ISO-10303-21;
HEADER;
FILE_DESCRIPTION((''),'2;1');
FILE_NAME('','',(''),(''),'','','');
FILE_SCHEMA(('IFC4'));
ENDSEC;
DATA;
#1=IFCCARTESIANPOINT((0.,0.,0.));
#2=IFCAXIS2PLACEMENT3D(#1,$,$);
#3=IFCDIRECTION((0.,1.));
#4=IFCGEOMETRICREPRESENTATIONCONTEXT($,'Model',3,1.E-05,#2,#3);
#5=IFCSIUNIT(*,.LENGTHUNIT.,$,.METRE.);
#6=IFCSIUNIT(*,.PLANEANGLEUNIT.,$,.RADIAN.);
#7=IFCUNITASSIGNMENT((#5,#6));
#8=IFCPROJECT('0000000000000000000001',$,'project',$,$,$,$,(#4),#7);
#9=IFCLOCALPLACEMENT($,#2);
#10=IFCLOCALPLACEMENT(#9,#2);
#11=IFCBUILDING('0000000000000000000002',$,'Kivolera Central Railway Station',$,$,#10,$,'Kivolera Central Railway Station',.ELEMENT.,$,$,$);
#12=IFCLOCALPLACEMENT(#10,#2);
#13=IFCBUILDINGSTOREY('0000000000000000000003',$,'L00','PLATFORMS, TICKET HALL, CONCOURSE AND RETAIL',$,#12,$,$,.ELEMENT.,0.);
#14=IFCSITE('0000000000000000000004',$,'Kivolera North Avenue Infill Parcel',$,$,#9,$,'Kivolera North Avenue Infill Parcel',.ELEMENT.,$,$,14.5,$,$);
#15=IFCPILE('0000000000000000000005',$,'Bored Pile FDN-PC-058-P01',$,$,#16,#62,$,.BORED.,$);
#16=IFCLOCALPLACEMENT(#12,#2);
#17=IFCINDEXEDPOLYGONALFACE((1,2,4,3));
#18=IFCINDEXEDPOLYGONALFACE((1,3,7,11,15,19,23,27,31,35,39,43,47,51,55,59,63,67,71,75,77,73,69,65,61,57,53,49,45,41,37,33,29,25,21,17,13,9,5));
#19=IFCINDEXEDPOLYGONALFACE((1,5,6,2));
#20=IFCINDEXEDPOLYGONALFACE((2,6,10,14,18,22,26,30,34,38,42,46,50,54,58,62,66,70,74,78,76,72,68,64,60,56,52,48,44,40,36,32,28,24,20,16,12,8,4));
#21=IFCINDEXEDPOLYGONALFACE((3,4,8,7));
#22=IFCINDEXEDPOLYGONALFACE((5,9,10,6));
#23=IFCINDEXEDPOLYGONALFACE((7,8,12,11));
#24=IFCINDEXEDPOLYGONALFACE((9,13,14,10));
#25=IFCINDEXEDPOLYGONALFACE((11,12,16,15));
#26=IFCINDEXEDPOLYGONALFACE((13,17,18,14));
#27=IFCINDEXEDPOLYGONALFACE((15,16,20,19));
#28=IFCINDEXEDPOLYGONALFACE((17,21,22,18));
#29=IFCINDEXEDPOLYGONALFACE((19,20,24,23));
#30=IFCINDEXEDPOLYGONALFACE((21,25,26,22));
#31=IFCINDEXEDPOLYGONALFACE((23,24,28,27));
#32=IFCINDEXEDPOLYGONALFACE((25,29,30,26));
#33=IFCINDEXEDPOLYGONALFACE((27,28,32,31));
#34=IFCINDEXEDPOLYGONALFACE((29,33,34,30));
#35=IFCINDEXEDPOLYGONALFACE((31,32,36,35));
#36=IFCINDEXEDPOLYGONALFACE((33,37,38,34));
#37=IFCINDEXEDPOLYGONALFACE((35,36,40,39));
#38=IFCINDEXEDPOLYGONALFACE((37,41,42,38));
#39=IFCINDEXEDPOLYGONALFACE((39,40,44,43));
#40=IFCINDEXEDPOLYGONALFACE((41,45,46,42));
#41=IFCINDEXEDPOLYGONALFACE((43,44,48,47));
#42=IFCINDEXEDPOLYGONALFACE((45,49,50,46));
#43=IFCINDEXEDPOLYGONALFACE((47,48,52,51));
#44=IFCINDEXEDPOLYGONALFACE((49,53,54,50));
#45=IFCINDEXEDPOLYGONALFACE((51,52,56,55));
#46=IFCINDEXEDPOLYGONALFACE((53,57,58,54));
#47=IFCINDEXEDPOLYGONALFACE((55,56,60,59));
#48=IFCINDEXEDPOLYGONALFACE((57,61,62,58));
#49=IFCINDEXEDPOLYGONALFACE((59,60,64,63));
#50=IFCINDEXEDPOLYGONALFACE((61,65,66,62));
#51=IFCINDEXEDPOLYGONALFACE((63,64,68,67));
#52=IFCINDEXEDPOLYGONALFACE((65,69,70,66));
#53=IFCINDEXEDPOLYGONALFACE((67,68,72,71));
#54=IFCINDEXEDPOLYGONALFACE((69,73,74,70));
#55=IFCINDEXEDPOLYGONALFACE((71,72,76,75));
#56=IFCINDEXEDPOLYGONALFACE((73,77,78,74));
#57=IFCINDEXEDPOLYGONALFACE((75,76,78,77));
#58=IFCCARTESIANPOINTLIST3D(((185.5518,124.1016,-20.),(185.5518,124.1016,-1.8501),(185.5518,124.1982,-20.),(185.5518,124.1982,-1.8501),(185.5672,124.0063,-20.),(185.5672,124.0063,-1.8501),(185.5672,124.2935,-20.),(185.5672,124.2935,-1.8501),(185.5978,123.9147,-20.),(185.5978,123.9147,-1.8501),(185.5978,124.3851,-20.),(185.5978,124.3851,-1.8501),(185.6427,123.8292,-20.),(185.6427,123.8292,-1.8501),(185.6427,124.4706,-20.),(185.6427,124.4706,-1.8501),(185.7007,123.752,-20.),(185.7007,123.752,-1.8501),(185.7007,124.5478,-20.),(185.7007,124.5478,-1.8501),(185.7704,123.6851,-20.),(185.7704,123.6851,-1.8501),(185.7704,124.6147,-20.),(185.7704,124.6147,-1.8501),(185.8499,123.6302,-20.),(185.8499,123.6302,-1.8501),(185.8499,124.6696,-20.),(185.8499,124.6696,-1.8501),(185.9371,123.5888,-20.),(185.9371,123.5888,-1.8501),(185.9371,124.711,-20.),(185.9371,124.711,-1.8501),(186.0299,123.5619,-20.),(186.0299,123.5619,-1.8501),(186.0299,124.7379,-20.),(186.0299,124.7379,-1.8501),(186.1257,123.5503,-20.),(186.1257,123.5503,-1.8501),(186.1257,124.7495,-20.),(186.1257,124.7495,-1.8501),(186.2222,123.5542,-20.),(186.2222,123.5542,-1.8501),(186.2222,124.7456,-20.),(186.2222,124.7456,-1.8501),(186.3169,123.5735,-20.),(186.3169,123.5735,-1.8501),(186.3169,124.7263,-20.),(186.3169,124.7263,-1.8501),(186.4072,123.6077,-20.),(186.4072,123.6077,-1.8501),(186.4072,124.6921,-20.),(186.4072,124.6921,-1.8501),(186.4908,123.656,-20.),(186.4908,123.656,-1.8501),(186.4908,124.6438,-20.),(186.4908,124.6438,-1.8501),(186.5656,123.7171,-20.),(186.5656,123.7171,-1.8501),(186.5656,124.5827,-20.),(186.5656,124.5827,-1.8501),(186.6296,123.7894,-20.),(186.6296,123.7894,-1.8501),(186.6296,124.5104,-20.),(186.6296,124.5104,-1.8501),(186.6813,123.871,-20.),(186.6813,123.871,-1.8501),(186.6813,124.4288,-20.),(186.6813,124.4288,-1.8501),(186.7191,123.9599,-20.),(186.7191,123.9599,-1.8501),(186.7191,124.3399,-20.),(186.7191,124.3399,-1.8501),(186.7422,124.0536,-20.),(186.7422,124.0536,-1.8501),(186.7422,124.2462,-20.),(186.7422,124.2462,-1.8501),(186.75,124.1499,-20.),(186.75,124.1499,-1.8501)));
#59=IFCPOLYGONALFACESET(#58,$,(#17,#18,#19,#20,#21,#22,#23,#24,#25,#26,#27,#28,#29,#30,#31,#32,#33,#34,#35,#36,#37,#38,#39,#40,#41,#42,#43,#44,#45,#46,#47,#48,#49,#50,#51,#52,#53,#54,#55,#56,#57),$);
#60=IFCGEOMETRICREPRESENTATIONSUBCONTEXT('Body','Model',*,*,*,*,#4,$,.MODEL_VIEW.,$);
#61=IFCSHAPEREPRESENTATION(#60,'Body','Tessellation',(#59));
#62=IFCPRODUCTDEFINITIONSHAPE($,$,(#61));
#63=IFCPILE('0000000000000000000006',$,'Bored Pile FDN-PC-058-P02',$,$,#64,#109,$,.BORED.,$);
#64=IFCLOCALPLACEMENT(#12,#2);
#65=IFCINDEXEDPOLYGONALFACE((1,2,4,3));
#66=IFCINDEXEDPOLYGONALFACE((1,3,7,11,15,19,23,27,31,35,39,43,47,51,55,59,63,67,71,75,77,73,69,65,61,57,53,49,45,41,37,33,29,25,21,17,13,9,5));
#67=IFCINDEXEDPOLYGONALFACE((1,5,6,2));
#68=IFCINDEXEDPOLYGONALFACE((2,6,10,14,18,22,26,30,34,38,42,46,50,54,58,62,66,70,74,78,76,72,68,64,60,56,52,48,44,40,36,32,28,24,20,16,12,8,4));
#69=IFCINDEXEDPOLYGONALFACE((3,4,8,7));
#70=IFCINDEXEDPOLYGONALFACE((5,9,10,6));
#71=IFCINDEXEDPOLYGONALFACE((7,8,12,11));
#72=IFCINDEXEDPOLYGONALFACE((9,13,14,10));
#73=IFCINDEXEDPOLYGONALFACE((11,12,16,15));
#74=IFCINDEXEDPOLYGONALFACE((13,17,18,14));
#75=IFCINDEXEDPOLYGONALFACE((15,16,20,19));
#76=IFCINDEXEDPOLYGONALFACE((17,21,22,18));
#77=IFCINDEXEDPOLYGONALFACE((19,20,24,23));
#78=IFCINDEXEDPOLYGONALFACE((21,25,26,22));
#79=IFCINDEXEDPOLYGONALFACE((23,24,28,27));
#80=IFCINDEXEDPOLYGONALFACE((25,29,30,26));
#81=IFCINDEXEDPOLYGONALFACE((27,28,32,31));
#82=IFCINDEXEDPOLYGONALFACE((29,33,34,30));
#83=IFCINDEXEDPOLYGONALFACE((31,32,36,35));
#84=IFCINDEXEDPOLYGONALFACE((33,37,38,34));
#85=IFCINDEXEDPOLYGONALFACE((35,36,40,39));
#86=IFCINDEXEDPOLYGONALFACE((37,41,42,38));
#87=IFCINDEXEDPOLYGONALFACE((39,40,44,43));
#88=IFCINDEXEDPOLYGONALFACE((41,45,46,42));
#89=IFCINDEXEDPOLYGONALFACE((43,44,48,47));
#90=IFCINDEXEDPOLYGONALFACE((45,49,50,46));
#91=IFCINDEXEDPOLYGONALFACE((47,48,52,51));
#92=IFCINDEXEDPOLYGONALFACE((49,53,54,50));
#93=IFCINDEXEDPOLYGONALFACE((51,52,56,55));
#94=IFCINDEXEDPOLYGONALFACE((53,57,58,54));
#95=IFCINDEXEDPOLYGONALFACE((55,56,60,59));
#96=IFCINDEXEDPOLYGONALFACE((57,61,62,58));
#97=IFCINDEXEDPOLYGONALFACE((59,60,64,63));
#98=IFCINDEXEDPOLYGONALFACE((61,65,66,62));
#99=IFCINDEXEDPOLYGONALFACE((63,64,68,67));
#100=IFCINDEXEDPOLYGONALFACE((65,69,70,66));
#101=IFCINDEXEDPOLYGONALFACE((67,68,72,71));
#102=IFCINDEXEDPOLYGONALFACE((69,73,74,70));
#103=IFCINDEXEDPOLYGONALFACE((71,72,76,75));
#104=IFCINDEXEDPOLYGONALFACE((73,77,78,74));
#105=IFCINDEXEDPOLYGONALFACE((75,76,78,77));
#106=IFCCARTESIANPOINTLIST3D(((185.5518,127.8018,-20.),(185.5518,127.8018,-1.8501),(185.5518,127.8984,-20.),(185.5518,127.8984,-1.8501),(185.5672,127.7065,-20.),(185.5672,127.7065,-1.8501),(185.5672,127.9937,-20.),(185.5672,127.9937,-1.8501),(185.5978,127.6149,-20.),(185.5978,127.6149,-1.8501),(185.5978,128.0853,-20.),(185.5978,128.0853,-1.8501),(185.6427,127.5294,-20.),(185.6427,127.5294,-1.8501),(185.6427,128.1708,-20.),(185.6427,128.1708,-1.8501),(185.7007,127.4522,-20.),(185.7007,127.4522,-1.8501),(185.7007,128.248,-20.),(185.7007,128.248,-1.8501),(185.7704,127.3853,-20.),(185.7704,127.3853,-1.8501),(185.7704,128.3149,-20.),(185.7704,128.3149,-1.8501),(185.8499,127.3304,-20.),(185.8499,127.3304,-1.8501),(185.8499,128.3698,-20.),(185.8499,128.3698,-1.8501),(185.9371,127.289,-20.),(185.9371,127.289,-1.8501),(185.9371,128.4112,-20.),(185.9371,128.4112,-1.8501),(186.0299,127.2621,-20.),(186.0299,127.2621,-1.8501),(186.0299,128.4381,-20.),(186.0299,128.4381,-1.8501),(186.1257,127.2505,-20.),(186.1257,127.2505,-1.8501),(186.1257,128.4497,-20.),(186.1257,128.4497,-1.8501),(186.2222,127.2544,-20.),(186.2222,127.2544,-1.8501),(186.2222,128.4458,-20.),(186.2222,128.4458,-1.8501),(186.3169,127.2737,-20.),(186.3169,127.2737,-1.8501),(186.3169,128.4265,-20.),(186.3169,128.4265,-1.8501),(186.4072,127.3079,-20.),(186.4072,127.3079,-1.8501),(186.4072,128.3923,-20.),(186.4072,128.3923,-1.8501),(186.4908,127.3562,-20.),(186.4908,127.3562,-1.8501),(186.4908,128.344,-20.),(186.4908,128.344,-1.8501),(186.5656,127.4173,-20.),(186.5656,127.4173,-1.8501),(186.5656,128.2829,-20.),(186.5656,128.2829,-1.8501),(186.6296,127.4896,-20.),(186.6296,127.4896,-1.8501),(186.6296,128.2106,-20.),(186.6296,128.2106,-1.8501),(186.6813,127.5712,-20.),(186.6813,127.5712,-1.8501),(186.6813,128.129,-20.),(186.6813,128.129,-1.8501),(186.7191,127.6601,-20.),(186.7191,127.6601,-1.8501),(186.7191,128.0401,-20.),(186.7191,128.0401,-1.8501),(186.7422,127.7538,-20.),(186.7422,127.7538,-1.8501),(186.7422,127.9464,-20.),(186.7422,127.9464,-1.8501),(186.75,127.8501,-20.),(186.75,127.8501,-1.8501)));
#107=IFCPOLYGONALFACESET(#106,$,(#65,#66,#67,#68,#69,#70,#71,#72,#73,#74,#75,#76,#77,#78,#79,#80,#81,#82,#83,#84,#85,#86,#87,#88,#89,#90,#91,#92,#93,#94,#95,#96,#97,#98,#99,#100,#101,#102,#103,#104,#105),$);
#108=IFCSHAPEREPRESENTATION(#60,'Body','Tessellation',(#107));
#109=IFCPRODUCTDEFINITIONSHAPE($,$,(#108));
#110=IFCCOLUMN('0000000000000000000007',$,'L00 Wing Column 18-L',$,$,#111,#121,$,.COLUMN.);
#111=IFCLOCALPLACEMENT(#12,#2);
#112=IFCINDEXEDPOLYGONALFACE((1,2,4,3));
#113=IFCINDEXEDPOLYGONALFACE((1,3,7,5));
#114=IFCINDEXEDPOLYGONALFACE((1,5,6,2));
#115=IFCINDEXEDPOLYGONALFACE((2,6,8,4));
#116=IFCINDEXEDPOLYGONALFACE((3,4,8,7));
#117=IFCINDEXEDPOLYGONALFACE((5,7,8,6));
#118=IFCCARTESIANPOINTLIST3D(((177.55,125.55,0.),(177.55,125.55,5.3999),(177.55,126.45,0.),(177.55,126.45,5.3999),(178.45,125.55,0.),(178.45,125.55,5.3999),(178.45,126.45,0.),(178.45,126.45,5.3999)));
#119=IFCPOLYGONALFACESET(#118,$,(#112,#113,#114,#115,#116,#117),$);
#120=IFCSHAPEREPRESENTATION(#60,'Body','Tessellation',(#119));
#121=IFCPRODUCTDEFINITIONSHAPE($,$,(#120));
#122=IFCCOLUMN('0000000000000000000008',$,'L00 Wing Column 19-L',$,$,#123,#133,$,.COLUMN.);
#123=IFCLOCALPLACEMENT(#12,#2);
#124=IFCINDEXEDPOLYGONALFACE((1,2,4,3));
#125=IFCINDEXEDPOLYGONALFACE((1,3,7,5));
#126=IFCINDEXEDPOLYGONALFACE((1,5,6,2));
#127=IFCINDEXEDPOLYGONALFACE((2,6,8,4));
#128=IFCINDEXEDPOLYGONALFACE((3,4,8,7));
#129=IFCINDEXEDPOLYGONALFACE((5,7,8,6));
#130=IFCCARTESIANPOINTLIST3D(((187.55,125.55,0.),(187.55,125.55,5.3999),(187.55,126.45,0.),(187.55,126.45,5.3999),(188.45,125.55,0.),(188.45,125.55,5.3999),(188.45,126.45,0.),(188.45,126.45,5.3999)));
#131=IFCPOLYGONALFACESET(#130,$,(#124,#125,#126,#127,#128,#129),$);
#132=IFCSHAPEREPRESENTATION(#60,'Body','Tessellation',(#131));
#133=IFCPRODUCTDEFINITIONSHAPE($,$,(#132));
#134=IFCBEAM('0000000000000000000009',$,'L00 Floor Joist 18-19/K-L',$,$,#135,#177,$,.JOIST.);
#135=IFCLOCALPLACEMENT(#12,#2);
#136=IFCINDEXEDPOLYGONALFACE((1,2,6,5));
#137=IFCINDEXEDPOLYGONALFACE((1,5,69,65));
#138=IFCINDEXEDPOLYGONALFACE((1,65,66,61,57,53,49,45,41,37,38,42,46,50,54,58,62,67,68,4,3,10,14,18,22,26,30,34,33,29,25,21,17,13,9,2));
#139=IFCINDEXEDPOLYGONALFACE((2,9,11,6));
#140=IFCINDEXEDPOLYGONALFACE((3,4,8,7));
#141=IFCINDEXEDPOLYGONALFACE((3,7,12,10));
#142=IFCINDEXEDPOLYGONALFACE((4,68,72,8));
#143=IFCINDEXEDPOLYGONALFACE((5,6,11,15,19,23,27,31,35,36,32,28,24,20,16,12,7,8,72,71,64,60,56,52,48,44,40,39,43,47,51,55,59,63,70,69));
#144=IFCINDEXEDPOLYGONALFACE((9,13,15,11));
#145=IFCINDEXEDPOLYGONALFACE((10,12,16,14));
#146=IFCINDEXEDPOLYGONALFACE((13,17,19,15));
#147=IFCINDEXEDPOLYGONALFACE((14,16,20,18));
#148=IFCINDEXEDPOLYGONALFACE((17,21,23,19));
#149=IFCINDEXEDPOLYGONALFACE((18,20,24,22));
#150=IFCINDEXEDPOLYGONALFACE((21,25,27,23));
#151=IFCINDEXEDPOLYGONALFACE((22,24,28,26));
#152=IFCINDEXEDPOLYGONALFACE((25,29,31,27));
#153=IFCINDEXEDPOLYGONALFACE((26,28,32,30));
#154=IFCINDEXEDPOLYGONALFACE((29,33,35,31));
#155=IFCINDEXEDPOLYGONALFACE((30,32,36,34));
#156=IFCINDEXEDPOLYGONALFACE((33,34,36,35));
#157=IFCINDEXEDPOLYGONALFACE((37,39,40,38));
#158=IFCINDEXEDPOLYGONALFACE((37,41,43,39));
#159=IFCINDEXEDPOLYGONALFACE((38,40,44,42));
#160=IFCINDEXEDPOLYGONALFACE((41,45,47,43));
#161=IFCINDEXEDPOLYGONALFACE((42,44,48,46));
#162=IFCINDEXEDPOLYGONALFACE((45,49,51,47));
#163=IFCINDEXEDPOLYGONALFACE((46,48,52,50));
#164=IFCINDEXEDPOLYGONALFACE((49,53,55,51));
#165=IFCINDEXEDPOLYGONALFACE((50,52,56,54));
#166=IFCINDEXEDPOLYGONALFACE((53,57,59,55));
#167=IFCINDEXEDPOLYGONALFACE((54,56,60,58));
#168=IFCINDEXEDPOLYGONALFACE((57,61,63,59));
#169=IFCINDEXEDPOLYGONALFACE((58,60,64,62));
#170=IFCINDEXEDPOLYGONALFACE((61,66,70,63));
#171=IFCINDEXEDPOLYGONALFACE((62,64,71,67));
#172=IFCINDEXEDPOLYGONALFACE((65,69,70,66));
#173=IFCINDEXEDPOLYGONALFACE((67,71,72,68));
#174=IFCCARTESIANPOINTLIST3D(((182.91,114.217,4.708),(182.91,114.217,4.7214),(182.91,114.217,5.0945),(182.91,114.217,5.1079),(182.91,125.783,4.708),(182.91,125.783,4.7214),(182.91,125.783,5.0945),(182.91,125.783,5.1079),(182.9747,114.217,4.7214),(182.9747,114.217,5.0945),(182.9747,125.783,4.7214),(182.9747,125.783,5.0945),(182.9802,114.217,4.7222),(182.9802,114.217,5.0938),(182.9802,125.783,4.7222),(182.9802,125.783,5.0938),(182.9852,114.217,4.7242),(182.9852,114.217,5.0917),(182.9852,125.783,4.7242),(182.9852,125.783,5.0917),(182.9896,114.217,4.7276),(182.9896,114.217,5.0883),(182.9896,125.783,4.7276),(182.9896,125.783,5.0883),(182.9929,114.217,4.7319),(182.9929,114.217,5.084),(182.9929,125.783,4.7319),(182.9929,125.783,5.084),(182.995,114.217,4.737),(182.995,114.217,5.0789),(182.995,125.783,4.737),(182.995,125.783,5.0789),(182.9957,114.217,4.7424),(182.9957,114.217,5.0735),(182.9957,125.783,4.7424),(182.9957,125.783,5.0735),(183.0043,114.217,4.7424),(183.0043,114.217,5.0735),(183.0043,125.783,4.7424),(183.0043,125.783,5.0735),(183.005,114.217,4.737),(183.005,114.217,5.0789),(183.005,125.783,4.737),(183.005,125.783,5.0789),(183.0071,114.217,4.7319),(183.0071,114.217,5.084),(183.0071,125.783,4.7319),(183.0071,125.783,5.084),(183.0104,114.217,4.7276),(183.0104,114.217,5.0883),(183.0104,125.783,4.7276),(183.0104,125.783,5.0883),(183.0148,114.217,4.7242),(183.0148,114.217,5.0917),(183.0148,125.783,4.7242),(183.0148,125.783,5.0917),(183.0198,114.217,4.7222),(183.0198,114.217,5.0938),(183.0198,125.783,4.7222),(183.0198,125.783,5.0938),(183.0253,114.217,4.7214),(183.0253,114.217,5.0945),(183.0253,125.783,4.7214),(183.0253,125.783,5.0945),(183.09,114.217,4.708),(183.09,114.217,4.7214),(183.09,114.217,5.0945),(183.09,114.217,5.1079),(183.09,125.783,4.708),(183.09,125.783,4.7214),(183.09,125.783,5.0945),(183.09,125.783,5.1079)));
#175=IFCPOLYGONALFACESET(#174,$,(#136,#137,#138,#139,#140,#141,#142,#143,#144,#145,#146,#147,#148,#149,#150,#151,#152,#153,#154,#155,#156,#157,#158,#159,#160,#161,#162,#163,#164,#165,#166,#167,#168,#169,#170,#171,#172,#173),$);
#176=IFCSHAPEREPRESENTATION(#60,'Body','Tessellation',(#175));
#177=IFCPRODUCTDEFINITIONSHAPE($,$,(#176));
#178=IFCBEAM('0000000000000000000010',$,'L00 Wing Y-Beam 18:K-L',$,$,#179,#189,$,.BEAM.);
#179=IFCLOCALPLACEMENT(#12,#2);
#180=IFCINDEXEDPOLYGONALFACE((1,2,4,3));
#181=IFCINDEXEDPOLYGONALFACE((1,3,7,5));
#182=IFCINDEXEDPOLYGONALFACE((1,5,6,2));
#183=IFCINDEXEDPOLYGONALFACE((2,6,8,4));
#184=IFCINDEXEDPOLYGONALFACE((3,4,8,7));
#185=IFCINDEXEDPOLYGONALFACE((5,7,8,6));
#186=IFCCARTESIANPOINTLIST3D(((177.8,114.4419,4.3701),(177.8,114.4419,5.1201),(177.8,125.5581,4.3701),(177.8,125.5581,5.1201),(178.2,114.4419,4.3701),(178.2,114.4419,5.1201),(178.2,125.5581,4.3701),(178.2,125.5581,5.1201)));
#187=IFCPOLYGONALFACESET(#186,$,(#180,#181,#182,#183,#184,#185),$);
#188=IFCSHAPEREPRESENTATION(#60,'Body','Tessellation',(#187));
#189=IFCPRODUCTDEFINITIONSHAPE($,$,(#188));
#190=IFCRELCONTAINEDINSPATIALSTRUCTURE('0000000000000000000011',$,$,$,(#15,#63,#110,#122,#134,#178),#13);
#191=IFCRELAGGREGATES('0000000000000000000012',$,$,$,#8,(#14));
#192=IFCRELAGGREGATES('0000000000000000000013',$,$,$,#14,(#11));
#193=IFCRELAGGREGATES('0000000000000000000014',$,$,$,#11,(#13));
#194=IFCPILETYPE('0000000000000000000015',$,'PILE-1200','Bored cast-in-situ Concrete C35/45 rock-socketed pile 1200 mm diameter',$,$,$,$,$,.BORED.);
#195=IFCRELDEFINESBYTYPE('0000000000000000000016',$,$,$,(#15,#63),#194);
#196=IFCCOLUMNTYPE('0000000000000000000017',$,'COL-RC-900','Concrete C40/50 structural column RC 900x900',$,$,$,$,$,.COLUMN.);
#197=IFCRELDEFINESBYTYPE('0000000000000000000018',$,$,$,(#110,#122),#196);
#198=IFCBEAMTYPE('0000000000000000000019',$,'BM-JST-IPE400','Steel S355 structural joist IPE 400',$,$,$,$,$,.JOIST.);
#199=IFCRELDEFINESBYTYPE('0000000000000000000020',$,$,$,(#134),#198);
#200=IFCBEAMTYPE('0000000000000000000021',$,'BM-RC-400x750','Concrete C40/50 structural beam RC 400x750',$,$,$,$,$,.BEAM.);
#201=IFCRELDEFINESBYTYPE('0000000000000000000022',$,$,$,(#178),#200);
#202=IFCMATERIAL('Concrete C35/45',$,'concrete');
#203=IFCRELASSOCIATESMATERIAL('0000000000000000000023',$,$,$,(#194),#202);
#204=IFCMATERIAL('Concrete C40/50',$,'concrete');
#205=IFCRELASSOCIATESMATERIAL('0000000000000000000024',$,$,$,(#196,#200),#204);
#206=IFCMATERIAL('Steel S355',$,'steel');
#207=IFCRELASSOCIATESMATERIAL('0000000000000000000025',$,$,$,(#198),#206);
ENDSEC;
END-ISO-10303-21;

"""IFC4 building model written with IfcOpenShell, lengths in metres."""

from ifc_helpers import new_model, si_unit, direction, frame, origin, origin_2d, place, context, subcontext, project, spatial, rectangle, circle, i_section, extrude, material, material_profile, profile_set, type_object, element, save


model = new_model("IFC4")

# Units and contexts
model_context = context("Model", 3, precision=1e-05, world=origin(), true_north=direction((0.0, 1.0)))
body_context = subcontext(model_context, "Body", "Model", "MODEL_VIEW")
ifc_project = project(units=[si_unit("LENGTHUNIT", "METRE"), si_unit("PLANEANGLEUNIT", "RADIAN")], contexts=[model_context])

# Site, building, storey
site_placement = place(None, origin())
site = spatial("IfcSite", under=ifc_project, at=site_placement, Name="Kivolera North Avenue Infill Parcel", LongName="Kivolera North Avenue Infill Parcel", CompositionType="ELEMENT", RefElevation=14.5)
building_placement = place(site_placement, origin())
building = spatial("IfcBuilding", under=site, at=building_placement, Name="Kivolera Central Railway Station", LongName="Kivolera Central Railway Station", CompositionType="ELEMENT")
storey_placement = place(building_placement, origin())
storey = spatial("IfcBuildingStorey", under=building, at=storey_placement, Name="L00", Description="PLATFORMS, TICKET HALL, CONCOURSE AND RETAIL", CompositionType="ELEMENT", Elevation=0.0)

# Shared definitions
ifc_material_1 = material(Name="Concrete C35/45", Category="concrete")

# Piles
ifc_material_profile_1 = material_profile(ifc_material_1, circle(Radius=0.6001, at=origin_2d()), Name="PILE D1200")
ifc_profile_set_1 = profile_set([ifc_material_profile_1], Name="Concrete C35/45")
pile_type = type_object("IfcPileType", Name="PILE-1200", Description="Bored cast-in-situ Concrete C35/45 rock-socketed pile 1200 mm diameter", PredefinedType="BORED", material=ifc_profile_set_1)
for number, where, z_axis, x_axis, name in (
    (1, (186.1499, 124.1499, -1.8501), (0.0, 0.0, -1.0), (1.0, 0.0, 0.0), "Bored Pile FDN-PC-058-P01"),
    (2, (186.1499, 127.8501, -1.8501), (0.0, 0.0, -1.0), (1.0, 0.0, 0.0), "Bored Pile FDN-PC-058-P02"),
):
    element("IfcPile", number, at=place(storey_placement, frame(where, z_axis=z_axis, x_axis=x_axis)), inside=storey, type_object=pile_type, Name=name, PredefinedType="BORED", context=body_context, shape_type="SweptSolid", body=[
        extrude(circle(Radius=0.6001, at=origin_2d()), origin(), (0.0, 0.0, 1.0), 18.1499),
    ])

# Columns
ifc_material_2 = material(Name="Concrete C40/50", Category="concrete")
ifc_material_profile_2 = material_profile(ifc_material_2, rectangle(XDim=0.8999, YDim=0.8999, at=origin_2d()), Name="RC 900x900")
ifc_profile_set_2 = profile_set([ifc_material_profile_2], Name="Concrete C40/50")
column_type = type_object("IfcColumnType", Name="COL-RC-900", Description="Concrete C40/50 structural column RC 900x900", PredefinedType="COLUMN", material=ifc_profile_set_2)
for number, where, z_axis, x_axis, name in (
    (3, (178.0, 126.0, 0.0), (0.0, 0.0, 1.0), (1.0, 0.0, 0.0), "L00 Wing Column 18-L"),
    (4, (188.0, 126.0, 0.0), (0.0, 0.0, 1.0), (1.0, 0.0, 0.0), "L00 Wing Column 19-L"),
):
    element("IfcColumn", number, at=place(storey_placement, frame(where, z_axis=z_axis, x_axis=x_axis)), inside=storey, type_object=column_type, Name=name, PredefinedType="COLUMN", context=body_context, shape_type="SweptSolid", body=[
        extrude(rectangle(XDim=0.8999, YDim=0.8999, at=origin_2d()), origin(), (0.0, 0.0, 1.0), 5.3999),
    ])

# Beams
ifc_material_3 = material(Name="Steel S355", Category="steel")
ifc_material_profile_3 = material_profile(ifc_material_3, i_section(OverallWidth=0.1799, OverallDepth=0.3999, WebThickness=0.0085, FlangeThickness=0.0134, FilletRadius=0.021, at=origin_2d()), Name="IPE 400")
ifc_profile_set_3 = profile_set([ifc_material_profile_3], Name="Steel S355")
beam_type_1 = type_object("IfcBeamType", Name="BM-JST-IPE400", Description="Steel S355 structural joist IPE 400", PredefinedType="JOIST", material=ifc_profile_set_3)
beam_1_placement = place(storey_placement, frame((183.0, 114.217, 4.908), z_axis=(0.0, 1.0, 0.0), x_axis=(-1.0, 0.0, 0.0)))
element("IfcBeam", 5, at=beam_1_placement, inside=storey, type_object=beam_type_1, Name="L00 Floor Joist 18-19/K-L", PredefinedType="JOIST", context=body_context, shape_type="SweptSolid", body=[
    extrude(i_section(OverallWidth=0.1799, OverallDepth=0.3999, WebThickness=0.0085, FlangeThickness=0.0134, FilletRadius=0.021, at=origin_2d()), origin(), (0.0, 0.0, 1.0), 11.5659),
])
ifc_material_profile_4 = material_profile(ifc_material_2, rectangle(XDim=0.3999, YDim=0.75, at=origin_2d()), Name="RC 400x750")
ifc_profile_set_4 = profile_set([ifc_material_profile_4], Name="Concrete C40/50")
beam_type_2 = type_object("IfcBeamType", Name="BM-RC-400x750", Description="Concrete C40/50 structural beam RC 400x750", PredefinedType="BEAM", material=ifc_profile_set_4)
beam_2_placement = place(storey_placement, frame((178.0, 114.4419, 4.7451), z_axis=(0.0, 1.0, 0.0), x_axis=(-1.0, 0.0, 0.0)))
element("IfcBeam", 6, at=beam_2_placement, inside=storey, type_object=beam_type_2, Name="L00 Wing Y-Beam 18:K-L", PredefinedType="BEAM", context=body_context, shape_type="SweptSolid", body=[
    extrude(rectangle(XDim=0.3999, YDim=0.75, at=origin_2d()), origin(), (0.0, 0.0, 1.0), 11.1162),
])

save(model, "model.ifc")
